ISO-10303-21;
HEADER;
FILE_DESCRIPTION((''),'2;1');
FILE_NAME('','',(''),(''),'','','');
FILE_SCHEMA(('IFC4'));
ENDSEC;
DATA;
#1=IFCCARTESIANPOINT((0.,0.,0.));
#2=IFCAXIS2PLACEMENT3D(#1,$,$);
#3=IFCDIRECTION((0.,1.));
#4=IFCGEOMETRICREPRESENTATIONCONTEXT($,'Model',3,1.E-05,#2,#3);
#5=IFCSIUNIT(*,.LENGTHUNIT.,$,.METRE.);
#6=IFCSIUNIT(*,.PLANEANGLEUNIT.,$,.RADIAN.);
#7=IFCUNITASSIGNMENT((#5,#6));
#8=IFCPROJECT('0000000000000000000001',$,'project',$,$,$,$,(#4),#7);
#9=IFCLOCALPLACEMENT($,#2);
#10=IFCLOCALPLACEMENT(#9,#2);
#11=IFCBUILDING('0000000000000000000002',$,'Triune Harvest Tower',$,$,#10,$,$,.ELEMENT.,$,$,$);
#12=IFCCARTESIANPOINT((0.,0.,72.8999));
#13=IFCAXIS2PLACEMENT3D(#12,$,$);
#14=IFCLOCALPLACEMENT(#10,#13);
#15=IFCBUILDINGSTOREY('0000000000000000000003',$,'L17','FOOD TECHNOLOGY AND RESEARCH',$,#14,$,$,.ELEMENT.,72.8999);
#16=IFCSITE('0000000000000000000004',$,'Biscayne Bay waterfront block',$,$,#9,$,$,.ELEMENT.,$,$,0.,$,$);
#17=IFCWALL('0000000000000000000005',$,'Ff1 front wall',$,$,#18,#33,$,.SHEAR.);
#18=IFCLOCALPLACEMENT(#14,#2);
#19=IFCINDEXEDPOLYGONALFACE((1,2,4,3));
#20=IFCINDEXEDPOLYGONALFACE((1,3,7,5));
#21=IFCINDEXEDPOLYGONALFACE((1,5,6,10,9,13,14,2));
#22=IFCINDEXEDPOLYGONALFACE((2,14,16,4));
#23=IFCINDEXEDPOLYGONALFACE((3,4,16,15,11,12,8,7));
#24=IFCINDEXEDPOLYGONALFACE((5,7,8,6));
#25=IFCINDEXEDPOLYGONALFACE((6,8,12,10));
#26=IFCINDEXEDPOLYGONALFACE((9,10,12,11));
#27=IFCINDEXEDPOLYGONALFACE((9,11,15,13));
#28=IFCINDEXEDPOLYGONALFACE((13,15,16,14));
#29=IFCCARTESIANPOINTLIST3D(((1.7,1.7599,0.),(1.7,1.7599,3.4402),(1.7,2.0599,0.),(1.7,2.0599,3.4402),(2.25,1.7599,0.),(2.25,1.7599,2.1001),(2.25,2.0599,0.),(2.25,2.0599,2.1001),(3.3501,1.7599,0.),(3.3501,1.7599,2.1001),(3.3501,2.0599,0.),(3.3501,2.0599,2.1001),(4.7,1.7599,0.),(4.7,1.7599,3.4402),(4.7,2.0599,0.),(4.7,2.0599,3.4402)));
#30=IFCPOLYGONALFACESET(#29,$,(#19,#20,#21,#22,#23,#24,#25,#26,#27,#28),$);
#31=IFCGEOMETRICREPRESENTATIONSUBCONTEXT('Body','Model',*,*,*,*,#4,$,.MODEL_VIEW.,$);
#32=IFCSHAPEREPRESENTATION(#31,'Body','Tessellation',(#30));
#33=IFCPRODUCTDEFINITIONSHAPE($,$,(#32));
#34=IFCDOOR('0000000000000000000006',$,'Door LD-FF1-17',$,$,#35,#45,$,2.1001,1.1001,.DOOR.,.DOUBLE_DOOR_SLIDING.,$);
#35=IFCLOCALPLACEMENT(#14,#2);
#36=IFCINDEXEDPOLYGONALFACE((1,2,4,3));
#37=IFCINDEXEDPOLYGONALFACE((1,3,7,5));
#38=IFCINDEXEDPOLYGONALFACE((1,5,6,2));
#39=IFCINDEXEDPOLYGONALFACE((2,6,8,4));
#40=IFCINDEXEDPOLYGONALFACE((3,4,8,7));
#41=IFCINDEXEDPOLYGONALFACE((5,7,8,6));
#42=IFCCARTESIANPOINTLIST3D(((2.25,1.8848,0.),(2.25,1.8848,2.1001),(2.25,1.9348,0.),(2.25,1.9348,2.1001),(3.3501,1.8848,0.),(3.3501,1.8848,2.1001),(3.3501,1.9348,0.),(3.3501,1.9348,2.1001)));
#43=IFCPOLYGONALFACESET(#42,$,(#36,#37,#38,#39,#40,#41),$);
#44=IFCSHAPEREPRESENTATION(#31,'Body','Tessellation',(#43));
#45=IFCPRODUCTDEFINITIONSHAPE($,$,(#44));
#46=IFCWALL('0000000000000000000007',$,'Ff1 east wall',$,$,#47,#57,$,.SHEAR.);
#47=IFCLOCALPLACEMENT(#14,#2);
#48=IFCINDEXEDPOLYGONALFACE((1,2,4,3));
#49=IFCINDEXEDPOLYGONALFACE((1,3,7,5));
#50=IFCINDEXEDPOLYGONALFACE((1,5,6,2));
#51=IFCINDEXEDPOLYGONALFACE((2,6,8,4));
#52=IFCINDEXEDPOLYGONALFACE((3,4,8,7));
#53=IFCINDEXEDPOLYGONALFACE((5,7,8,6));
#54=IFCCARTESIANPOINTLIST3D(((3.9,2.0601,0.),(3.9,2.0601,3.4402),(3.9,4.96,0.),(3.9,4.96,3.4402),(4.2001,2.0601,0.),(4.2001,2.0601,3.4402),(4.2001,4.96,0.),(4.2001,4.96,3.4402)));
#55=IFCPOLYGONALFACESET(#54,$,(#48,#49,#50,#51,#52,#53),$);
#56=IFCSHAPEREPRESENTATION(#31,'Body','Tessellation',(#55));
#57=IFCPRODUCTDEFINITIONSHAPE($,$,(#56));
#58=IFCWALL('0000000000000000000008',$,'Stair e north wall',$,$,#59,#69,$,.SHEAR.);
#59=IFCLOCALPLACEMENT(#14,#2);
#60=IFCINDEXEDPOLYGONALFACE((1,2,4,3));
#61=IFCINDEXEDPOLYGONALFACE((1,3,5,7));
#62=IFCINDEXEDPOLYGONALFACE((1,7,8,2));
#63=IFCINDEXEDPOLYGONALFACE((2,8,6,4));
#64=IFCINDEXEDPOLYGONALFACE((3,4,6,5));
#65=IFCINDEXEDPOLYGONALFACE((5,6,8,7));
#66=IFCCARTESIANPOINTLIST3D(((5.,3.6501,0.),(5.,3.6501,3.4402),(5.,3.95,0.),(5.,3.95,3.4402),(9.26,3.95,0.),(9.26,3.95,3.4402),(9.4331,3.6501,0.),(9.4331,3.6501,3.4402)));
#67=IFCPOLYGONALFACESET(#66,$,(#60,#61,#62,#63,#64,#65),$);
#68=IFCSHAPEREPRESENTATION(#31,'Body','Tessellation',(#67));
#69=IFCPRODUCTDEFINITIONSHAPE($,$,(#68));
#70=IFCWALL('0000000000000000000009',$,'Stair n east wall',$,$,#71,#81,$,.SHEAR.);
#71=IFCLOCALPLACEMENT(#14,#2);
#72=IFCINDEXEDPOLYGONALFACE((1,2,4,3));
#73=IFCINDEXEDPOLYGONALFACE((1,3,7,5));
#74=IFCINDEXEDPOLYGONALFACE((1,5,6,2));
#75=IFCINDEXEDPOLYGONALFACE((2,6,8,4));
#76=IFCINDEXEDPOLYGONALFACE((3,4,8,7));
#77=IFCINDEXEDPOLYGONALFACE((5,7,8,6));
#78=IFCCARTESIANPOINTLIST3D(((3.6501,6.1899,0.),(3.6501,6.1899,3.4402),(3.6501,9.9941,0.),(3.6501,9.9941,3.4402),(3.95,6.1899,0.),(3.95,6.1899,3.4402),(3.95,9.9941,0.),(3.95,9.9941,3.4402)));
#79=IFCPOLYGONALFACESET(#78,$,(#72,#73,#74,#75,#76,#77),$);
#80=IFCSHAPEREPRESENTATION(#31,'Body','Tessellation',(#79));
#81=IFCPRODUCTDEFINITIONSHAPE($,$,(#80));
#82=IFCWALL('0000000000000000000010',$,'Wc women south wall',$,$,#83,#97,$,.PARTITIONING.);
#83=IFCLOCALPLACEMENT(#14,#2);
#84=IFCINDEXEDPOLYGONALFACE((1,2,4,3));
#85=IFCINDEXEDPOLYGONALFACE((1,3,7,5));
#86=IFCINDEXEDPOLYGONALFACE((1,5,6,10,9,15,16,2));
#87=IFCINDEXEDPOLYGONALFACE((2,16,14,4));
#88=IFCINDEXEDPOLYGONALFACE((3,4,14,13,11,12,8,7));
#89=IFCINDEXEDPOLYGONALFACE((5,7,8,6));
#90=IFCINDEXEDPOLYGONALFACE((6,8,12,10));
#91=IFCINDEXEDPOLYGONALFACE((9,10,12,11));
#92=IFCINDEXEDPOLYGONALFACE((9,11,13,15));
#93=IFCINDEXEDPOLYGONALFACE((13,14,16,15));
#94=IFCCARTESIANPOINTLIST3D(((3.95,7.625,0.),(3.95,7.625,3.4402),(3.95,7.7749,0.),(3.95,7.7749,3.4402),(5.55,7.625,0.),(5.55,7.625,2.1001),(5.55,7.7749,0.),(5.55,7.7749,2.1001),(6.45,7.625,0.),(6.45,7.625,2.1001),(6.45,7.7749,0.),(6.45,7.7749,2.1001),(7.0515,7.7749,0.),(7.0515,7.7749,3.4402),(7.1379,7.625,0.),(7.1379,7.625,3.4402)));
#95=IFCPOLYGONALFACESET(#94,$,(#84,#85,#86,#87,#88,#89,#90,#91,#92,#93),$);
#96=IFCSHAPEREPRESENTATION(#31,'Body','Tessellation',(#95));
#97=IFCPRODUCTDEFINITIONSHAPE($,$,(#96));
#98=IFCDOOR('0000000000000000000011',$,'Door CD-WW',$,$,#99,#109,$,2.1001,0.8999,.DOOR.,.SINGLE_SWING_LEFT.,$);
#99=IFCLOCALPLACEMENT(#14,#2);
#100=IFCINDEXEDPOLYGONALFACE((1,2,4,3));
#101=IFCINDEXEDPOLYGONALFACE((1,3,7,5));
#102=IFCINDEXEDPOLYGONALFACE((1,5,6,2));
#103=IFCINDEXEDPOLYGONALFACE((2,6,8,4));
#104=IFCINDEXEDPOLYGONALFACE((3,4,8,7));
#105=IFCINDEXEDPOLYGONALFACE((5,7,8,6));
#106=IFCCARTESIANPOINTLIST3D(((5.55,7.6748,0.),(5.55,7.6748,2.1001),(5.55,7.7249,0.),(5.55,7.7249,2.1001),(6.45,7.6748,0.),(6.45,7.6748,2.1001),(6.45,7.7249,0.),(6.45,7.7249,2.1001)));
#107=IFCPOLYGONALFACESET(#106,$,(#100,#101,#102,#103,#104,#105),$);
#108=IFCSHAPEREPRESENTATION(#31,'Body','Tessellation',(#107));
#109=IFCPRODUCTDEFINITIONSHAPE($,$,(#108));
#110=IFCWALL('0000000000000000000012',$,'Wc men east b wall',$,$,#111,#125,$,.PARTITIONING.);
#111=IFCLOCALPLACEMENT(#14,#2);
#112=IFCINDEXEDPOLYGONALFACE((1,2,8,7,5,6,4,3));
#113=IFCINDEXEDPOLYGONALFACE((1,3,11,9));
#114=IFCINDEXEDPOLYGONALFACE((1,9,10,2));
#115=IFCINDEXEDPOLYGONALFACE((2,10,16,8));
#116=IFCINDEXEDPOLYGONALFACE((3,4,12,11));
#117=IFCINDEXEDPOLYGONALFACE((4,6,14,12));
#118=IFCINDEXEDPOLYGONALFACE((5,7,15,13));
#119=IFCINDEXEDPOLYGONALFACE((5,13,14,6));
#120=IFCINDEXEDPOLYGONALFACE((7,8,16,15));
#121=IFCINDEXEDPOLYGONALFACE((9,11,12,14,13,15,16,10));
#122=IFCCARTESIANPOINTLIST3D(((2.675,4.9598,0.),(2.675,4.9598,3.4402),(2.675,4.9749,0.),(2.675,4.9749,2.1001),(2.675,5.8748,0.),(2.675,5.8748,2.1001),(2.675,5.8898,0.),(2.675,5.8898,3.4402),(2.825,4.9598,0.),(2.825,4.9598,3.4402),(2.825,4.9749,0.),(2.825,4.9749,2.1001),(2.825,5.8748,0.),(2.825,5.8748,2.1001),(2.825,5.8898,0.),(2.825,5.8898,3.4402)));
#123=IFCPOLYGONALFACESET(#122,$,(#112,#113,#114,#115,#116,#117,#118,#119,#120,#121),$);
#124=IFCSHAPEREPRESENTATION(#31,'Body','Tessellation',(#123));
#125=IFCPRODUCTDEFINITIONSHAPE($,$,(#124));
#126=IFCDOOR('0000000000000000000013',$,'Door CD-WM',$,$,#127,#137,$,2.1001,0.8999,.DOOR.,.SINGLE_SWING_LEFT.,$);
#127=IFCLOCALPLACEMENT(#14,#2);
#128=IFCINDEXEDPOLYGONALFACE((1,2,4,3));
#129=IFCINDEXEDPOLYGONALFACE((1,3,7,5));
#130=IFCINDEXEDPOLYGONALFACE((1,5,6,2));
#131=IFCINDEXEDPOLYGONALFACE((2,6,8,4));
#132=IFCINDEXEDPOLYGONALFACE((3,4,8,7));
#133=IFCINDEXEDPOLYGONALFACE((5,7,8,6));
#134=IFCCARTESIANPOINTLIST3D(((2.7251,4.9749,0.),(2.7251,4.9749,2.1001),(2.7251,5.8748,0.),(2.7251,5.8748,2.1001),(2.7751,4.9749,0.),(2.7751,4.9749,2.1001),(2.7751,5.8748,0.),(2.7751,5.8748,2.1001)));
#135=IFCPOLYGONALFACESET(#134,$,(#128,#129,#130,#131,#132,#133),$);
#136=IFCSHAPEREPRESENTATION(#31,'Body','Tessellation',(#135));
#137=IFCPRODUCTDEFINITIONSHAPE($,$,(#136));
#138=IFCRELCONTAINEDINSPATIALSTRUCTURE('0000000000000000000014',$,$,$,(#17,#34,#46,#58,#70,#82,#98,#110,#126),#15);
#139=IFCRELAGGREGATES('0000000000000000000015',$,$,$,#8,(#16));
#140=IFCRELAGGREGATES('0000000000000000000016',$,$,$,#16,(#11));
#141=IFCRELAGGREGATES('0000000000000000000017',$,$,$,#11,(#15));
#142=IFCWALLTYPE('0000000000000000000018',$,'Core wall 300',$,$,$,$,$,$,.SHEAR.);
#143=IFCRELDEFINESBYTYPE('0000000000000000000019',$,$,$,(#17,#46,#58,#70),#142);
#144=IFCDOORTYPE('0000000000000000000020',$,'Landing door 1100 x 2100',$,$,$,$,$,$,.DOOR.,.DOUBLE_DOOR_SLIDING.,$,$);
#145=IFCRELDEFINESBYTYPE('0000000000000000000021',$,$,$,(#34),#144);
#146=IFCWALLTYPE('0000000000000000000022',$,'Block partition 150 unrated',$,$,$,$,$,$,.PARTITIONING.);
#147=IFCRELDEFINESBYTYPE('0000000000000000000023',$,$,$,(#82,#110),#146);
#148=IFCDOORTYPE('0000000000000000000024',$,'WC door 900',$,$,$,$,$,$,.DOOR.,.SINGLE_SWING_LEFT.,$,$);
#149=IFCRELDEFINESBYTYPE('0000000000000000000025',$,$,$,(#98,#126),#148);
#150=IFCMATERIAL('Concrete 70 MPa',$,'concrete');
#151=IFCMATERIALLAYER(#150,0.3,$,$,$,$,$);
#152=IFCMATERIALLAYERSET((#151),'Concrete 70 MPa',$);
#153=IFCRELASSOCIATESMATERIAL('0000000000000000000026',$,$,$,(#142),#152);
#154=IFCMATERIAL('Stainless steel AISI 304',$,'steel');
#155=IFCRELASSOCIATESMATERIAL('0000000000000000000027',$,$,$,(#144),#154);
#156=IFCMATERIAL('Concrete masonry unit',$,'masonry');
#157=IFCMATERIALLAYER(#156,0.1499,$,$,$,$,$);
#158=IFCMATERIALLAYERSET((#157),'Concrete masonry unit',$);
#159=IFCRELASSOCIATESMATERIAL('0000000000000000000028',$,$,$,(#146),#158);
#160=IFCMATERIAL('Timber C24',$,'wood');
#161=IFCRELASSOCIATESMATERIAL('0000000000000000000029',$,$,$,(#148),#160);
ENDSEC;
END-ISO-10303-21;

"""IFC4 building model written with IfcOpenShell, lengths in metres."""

from ifc_helpers import new_model, si_unit, direction, frame, frame_2d, origin, place, context, subcontext, project, spatial, polyline, rectangle, outline, extrude, source, transform, mapped, material, layer, layer_set, type_object, element, fill, save


model = new_model("IFC4")

# Units and contexts
model_context = context("Model", 3, precision=1e-05, world=origin(), true_north=direction((0.0, 1.0)))
body_context = subcontext(model_context, "Body", "Model", "MODEL_VIEW")
ifc_project = project(units=[si_unit("LENGTHUNIT", "METRE"), si_unit("PLANEANGLEUNIT", "RADIAN")], contexts=[model_context])

# Site, building, storey
site_placement = place(None, origin())
site = spatial("IfcSite", under=ifc_project, at=site_placement, Name="Biscayne Bay waterfront block", CompositionType="ELEMENT", RefElevation=0.0)
building_placement = place(site_placement, origin())
building = spatial("IfcBuilding", under=site, at=building_placement, Name="Triune Harvest Tower", CompositionType="ELEMENT")
storey_placement = place(building_placement, frame((0.0, 0.0, 72.8999)))
storey = spatial("IfcBuildingStorey", under=building, at=storey_placement, Name="L17", Description="FOOD TECHNOLOGY AND RESEARCH", CompositionType="ELEMENT", Elevation=72.8999)

# Shared definitions
ifc_material_1 = material(Name="Concrete 70 MPa", Category="concrete")
ifc_layer_1 = layer(ifc_material_1, 0.3)
ifc_layer_set_1 = layer_set([ifc_layer_1], Name="Concrete 70 MPa")
wall_type_1 = type_object("IfcWallType", Name="Core wall 300", PredefinedType="SHEAR", material=ifc_layer_set_1)

# Wall, opening, door
shared_shape_1 = source(origin(), body_context, "Body", "SweptSolid", [
    extrude(rectangle(XDim=3.0, YDim=0.3, at=frame_2d((1.5, 0.0))), origin(), (0.0, 0.0, 1.0), 3.4402),
])
wall_1_placement = place(storey_placement, frame((1.7, 1.9099, 0.0), z_axis=(0.0, 0.0, 1.0), x_axis=(1.0, 0.0, 0.0)))
wall_1 = element("IfcWall", 1, at=wall_1_placement, inside=storey, type_object=wall_type_1, Name="Ff1 front wall", PredefinedType="SHEAR", context=body_context, shape_type="MappedRepresentation", body=[
    mapped(shared_shape_1, transform((0.0, 0.0, 0.0), scale=1.0)),
])
opening_1_placement = place(wall_1_placement, frame((0.55, 0.0, 0.0)))
opening_1 = element("IfcOpeningElement", 2, at=opening_1_placement, cuts=wall_1, PredefinedType="OPENING", context=body_context, shape_type="SweptSolid", body=[
    extrude(rectangle(XDim=1.1001, YDim=2.1001, at=frame_2d((0.55, 1.05))), frame((0.0, 0.1602, 0.0), z_axis=(0.0, -1.0, 0.0), x_axis=(1.0, 0.0, 0.0)), (0.0, 0.0, 1.0), 0.3201),
])
ifc_material_2 = material(Name="Stainless steel AISI 304", Category="steel")
door_type_1 = type_object("IfcDoorType", Name="Landing door 1100 x 2100", OperationType="DOUBLE_DOOR_SLIDING", PredefinedType="DOOR", material=ifc_material_2)
door_1_placement = place(opening_1_placement, origin())
door_1 = element("IfcDoor", 3, at=door_1_placement, inside=storey, type_object=door_type_1, Name="Door LD-FF1-17", OperationType="DOUBLE_DOOR_SLIDING", OverallHeight=2.1001, OverallWidth=1.1001, PredefinedType="DOOR", context=body_context, shape_type="SweptSolid", body=[
    extrude(rectangle(XDim=1.1001, YDim=2.1001, at=frame_2d((0.55, 1.05))), frame((0.0, 0.0249, 0.0), z_axis=(0.0, -1.0, 0.0), x_axis=(1.0, 0.0, 0.0)), (0.0, 0.0, 1.0), 0.05),
])
fill(opening_1, door_1)

# Walls
shared_shape_2 = source(origin(), body_context, "Body", "SweptSolid", [
    extrude(rectangle(XDim=2.8999, YDim=0.3, at=frame_2d((1.45, 0.0))), origin(), (0.0, 0.0, 1.0), 3.4402),
])
wall_2_placement = place(storey_placement, frame((4.05, 2.0601, 0.0), z_axis=(0.0, 0.0, 1.0), x_axis=(0.0, 1.0, 0.0)))
element("IfcWall", 4, at=wall_2_placement, inside=storey, type_object=wall_type_1, Name="Ff1 east wall", PredefinedType="SHEAR", context=body_context, shape_type="MappedRepresentation", body=[
    mapped(shared_shape_2, transform((0.0, 0.0, 0.0), scale=1.0)),
])
shared_shape_3 = source(origin(), body_context, "Body", "SweptSolid", [
    extrude(outline(polyline([(0.0, -0.1499), (0.0, 0.1499), (4.26, 0.1499), (4.4331, -0.1499), (0.0, -0.1499)])), origin(), (0.0, 0.0, 1.0), 3.4402),
])
wall_3_placement = place(storey_placement, frame((5.0, 3.8, 0.0), z_axis=(0.0, 0.0, 1.0), x_axis=(1.0, 0.0, 0.0)))
element("IfcWall", 5, at=wall_3_placement, inside=storey, type_object=wall_type_1, Name="Stair e north wall", PredefinedType="SHEAR", context=body_context, shape_type="MappedRepresentation", body=[
    mapped(shared_shape_3, transform((0.0, 0.0, 0.0), scale=1.0)),
])
shared_shape_4 = source(origin(), body_context, "Body", "SweptSolid", [
    extrude(outline(polyline([(0.0, -0.1499), (0.0, 0.1499), (3.8042, 0.1499), (3.8042, -0.1499), (0.0, -0.1499)])), origin(), (0.0, 0.0, 1.0), 3.4402),
])
wall_4_placement = place(storey_placement, frame((3.8, 6.1899, 0.0), z_axis=(0.0, 0.0, 1.0), x_axis=(0.0, 1.0, 0.0)))
element("IfcWall", 6, at=wall_4_placement, inside=storey, type_object=wall_type_1, Name="Stair n east wall", PredefinedType="SHEAR", context=body_context, shape_type="MappedRepresentation", body=[
    mapped(shared_shape_4, transform((0.0, 0.0, 0.0), scale=1.0)),
])

# Walls, openings, doors
ifc_material_3 = material(Name="Concrete masonry unit", Category="masonry")
ifc_layer_2 = layer(ifc_material_3, 0.1499)
ifc_layer_set_2 = layer_set([ifc_layer_2], Name="Concrete masonry unit")
wall_type_2 = type_object("IfcWallType", Name="Block partition 150 unrated", PredefinedType="PARTITIONING", material=ifc_layer_set_2)
shared_shape_5 = source(origin(), body_context, "Body", "SweptSolid", [
    extrude(outline(polyline([(0.0, -0.075), (0.0, 0.075), (3.1016, 0.075), (3.188, -0.075), (0.0, -0.075)])), origin(), (0.0, 0.0, 1.0), 3.4402),
])
wall_5_placement = place(storey_placement, frame((3.95, 7.7, 0.0), z_axis=(0.0, 0.0, 1.0), x_axis=(1.0, 0.0, 0.0)))
wall_5 = element("IfcWall", 7, at=wall_5_placement, inside=storey, type_object=wall_type_2, Name="Wc women south wall", PredefinedType="PARTITIONING", context=body_context, shape_type="MappedRepresentation", body=[
    mapped(shared_shape_5, transform((0.0, 0.0, 0.0), scale=1.0)),
])
opening_2_placement = place(wall_5_placement, frame((1.6001, 0.0, 0.0)))
opening_2 = element("IfcOpeningElement", 8, at=opening_2_placement, cuts=wall_5, PredefinedType="OPENING", context=body_context, shape_type="SweptSolid", body=[
    extrude(rectangle(XDim=0.8999, YDim=2.1001, at=frame_2d((0.45, 1.05))), frame((0.0, 0.085, 0.0), z_axis=(0.0, -1.0, 0.0), x_axis=(1.0, 0.0, 0.0)), (0.0, 0.0, 1.0), 0.1699),
])
ifc_material_4 = material(Name="Timber C24", Category="wood")
door_type_2 = type_object("IfcDoorType", Name="WC door 900", OperationType="SINGLE_SWING_LEFT", PredefinedType="DOOR", material=ifc_material_4)
door_2_placement = place(opening_2_placement, origin())
door_2 = element("IfcDoor", 9, at=door_2_placement, inside=storey, type_object=door_type_2, Name="Door CD-WW", OperationType="SINGLE_SWING_LEFT", OverallHeight=2.1001, OverallWidth=0.8999, PredefinedType="DOOR", context=body_context, shape_type="SweptSolid", body=[
    extrude(rectangle(XDim=0.8999, YDim=2.1001, at=frame_2d((0.45, 1.05))), frame((0.0, 0.0249, 0.0), z_axis=(0.0, -1.0, 0.0), x_axis=(1.0, 0.0, 0.0)), (0.0, 0.0, 1.0), 0.05),
])
fill(opening_2, door_2)
shared_shape_6 = source(origin(), body_context, "Body", "SweptSolid", [
    extrude(rectangle(XDim=0.9299, YDim=0.1499, at=frame_2d((0.4648, 0.0))), origin(), (0.0, 0.0, 1.0), 3.4402),
])
wall_6_placement = place(storey_placement, frame((2.75, 4.96, 0.0), z_axis=(0.0, 0.0, 1.0), x_axis=(0.0, 1.0, 0.0)))
wall_6 = element("IfcWall", 10, at=wall_6_placement, inside=storey, type_object=wall_type_2, Name="Wc men east b wall", PredefinedType="PARTITIONING", context=body_context, shape_type="MappedRepresentation", body=[
    mapped(shared_shape_6, transform((0.0, 0.0, 0.0), scale=1.0)),
])
opening_3_placement = place(wall_6_placement, frame((0.0149, 0.0, 0.0)))
opening_3 = element("IfcOpeningElement", 11, at=opening_3_placement, cuts=wall_6, PredefinedType="OPENING", context=body_context, shape_type="SweptSolid", body=[
    extrude(rectangle(XDim=0.8999, YDim=2.1001, at=frame_2d((0.45, 1.05))), frame((0.0, 0.085, 0.0), z_axis=(0.0, -1.0, 0.0), x_axis=(1.0, 0.0, 0.0)), (0.0, 0.0, 1.0), 0.1699),
])
door_3_placement = place(opening_3_placement, origin())
door_3 = element("IfcDoor", 12, at=door_3_placement, inside=storey, type_object=door_type_2, Name="Door CD-WM", OperationType="SINGLE_SWING_LEFT", OverallHeight=2.1001, OverallWidth=0.8999, PredefinedType="DOOR", context=body_context, shape_type="SweptSolid", body=[
    extrude(rectangle(XDim=0.8999, YDim=2.1001, at=frame_2d((0.45, 1.05))), frame((0.0, 0.0249, 0.0), z_axis=(0.0, -1.0, 0.0), x_axis=(1.0, 0.0, 0.0)), (0.0, 0.0, 1.0), 0.05),
])
fill(opening_3, door_3)

save(model, "model.ifc")
